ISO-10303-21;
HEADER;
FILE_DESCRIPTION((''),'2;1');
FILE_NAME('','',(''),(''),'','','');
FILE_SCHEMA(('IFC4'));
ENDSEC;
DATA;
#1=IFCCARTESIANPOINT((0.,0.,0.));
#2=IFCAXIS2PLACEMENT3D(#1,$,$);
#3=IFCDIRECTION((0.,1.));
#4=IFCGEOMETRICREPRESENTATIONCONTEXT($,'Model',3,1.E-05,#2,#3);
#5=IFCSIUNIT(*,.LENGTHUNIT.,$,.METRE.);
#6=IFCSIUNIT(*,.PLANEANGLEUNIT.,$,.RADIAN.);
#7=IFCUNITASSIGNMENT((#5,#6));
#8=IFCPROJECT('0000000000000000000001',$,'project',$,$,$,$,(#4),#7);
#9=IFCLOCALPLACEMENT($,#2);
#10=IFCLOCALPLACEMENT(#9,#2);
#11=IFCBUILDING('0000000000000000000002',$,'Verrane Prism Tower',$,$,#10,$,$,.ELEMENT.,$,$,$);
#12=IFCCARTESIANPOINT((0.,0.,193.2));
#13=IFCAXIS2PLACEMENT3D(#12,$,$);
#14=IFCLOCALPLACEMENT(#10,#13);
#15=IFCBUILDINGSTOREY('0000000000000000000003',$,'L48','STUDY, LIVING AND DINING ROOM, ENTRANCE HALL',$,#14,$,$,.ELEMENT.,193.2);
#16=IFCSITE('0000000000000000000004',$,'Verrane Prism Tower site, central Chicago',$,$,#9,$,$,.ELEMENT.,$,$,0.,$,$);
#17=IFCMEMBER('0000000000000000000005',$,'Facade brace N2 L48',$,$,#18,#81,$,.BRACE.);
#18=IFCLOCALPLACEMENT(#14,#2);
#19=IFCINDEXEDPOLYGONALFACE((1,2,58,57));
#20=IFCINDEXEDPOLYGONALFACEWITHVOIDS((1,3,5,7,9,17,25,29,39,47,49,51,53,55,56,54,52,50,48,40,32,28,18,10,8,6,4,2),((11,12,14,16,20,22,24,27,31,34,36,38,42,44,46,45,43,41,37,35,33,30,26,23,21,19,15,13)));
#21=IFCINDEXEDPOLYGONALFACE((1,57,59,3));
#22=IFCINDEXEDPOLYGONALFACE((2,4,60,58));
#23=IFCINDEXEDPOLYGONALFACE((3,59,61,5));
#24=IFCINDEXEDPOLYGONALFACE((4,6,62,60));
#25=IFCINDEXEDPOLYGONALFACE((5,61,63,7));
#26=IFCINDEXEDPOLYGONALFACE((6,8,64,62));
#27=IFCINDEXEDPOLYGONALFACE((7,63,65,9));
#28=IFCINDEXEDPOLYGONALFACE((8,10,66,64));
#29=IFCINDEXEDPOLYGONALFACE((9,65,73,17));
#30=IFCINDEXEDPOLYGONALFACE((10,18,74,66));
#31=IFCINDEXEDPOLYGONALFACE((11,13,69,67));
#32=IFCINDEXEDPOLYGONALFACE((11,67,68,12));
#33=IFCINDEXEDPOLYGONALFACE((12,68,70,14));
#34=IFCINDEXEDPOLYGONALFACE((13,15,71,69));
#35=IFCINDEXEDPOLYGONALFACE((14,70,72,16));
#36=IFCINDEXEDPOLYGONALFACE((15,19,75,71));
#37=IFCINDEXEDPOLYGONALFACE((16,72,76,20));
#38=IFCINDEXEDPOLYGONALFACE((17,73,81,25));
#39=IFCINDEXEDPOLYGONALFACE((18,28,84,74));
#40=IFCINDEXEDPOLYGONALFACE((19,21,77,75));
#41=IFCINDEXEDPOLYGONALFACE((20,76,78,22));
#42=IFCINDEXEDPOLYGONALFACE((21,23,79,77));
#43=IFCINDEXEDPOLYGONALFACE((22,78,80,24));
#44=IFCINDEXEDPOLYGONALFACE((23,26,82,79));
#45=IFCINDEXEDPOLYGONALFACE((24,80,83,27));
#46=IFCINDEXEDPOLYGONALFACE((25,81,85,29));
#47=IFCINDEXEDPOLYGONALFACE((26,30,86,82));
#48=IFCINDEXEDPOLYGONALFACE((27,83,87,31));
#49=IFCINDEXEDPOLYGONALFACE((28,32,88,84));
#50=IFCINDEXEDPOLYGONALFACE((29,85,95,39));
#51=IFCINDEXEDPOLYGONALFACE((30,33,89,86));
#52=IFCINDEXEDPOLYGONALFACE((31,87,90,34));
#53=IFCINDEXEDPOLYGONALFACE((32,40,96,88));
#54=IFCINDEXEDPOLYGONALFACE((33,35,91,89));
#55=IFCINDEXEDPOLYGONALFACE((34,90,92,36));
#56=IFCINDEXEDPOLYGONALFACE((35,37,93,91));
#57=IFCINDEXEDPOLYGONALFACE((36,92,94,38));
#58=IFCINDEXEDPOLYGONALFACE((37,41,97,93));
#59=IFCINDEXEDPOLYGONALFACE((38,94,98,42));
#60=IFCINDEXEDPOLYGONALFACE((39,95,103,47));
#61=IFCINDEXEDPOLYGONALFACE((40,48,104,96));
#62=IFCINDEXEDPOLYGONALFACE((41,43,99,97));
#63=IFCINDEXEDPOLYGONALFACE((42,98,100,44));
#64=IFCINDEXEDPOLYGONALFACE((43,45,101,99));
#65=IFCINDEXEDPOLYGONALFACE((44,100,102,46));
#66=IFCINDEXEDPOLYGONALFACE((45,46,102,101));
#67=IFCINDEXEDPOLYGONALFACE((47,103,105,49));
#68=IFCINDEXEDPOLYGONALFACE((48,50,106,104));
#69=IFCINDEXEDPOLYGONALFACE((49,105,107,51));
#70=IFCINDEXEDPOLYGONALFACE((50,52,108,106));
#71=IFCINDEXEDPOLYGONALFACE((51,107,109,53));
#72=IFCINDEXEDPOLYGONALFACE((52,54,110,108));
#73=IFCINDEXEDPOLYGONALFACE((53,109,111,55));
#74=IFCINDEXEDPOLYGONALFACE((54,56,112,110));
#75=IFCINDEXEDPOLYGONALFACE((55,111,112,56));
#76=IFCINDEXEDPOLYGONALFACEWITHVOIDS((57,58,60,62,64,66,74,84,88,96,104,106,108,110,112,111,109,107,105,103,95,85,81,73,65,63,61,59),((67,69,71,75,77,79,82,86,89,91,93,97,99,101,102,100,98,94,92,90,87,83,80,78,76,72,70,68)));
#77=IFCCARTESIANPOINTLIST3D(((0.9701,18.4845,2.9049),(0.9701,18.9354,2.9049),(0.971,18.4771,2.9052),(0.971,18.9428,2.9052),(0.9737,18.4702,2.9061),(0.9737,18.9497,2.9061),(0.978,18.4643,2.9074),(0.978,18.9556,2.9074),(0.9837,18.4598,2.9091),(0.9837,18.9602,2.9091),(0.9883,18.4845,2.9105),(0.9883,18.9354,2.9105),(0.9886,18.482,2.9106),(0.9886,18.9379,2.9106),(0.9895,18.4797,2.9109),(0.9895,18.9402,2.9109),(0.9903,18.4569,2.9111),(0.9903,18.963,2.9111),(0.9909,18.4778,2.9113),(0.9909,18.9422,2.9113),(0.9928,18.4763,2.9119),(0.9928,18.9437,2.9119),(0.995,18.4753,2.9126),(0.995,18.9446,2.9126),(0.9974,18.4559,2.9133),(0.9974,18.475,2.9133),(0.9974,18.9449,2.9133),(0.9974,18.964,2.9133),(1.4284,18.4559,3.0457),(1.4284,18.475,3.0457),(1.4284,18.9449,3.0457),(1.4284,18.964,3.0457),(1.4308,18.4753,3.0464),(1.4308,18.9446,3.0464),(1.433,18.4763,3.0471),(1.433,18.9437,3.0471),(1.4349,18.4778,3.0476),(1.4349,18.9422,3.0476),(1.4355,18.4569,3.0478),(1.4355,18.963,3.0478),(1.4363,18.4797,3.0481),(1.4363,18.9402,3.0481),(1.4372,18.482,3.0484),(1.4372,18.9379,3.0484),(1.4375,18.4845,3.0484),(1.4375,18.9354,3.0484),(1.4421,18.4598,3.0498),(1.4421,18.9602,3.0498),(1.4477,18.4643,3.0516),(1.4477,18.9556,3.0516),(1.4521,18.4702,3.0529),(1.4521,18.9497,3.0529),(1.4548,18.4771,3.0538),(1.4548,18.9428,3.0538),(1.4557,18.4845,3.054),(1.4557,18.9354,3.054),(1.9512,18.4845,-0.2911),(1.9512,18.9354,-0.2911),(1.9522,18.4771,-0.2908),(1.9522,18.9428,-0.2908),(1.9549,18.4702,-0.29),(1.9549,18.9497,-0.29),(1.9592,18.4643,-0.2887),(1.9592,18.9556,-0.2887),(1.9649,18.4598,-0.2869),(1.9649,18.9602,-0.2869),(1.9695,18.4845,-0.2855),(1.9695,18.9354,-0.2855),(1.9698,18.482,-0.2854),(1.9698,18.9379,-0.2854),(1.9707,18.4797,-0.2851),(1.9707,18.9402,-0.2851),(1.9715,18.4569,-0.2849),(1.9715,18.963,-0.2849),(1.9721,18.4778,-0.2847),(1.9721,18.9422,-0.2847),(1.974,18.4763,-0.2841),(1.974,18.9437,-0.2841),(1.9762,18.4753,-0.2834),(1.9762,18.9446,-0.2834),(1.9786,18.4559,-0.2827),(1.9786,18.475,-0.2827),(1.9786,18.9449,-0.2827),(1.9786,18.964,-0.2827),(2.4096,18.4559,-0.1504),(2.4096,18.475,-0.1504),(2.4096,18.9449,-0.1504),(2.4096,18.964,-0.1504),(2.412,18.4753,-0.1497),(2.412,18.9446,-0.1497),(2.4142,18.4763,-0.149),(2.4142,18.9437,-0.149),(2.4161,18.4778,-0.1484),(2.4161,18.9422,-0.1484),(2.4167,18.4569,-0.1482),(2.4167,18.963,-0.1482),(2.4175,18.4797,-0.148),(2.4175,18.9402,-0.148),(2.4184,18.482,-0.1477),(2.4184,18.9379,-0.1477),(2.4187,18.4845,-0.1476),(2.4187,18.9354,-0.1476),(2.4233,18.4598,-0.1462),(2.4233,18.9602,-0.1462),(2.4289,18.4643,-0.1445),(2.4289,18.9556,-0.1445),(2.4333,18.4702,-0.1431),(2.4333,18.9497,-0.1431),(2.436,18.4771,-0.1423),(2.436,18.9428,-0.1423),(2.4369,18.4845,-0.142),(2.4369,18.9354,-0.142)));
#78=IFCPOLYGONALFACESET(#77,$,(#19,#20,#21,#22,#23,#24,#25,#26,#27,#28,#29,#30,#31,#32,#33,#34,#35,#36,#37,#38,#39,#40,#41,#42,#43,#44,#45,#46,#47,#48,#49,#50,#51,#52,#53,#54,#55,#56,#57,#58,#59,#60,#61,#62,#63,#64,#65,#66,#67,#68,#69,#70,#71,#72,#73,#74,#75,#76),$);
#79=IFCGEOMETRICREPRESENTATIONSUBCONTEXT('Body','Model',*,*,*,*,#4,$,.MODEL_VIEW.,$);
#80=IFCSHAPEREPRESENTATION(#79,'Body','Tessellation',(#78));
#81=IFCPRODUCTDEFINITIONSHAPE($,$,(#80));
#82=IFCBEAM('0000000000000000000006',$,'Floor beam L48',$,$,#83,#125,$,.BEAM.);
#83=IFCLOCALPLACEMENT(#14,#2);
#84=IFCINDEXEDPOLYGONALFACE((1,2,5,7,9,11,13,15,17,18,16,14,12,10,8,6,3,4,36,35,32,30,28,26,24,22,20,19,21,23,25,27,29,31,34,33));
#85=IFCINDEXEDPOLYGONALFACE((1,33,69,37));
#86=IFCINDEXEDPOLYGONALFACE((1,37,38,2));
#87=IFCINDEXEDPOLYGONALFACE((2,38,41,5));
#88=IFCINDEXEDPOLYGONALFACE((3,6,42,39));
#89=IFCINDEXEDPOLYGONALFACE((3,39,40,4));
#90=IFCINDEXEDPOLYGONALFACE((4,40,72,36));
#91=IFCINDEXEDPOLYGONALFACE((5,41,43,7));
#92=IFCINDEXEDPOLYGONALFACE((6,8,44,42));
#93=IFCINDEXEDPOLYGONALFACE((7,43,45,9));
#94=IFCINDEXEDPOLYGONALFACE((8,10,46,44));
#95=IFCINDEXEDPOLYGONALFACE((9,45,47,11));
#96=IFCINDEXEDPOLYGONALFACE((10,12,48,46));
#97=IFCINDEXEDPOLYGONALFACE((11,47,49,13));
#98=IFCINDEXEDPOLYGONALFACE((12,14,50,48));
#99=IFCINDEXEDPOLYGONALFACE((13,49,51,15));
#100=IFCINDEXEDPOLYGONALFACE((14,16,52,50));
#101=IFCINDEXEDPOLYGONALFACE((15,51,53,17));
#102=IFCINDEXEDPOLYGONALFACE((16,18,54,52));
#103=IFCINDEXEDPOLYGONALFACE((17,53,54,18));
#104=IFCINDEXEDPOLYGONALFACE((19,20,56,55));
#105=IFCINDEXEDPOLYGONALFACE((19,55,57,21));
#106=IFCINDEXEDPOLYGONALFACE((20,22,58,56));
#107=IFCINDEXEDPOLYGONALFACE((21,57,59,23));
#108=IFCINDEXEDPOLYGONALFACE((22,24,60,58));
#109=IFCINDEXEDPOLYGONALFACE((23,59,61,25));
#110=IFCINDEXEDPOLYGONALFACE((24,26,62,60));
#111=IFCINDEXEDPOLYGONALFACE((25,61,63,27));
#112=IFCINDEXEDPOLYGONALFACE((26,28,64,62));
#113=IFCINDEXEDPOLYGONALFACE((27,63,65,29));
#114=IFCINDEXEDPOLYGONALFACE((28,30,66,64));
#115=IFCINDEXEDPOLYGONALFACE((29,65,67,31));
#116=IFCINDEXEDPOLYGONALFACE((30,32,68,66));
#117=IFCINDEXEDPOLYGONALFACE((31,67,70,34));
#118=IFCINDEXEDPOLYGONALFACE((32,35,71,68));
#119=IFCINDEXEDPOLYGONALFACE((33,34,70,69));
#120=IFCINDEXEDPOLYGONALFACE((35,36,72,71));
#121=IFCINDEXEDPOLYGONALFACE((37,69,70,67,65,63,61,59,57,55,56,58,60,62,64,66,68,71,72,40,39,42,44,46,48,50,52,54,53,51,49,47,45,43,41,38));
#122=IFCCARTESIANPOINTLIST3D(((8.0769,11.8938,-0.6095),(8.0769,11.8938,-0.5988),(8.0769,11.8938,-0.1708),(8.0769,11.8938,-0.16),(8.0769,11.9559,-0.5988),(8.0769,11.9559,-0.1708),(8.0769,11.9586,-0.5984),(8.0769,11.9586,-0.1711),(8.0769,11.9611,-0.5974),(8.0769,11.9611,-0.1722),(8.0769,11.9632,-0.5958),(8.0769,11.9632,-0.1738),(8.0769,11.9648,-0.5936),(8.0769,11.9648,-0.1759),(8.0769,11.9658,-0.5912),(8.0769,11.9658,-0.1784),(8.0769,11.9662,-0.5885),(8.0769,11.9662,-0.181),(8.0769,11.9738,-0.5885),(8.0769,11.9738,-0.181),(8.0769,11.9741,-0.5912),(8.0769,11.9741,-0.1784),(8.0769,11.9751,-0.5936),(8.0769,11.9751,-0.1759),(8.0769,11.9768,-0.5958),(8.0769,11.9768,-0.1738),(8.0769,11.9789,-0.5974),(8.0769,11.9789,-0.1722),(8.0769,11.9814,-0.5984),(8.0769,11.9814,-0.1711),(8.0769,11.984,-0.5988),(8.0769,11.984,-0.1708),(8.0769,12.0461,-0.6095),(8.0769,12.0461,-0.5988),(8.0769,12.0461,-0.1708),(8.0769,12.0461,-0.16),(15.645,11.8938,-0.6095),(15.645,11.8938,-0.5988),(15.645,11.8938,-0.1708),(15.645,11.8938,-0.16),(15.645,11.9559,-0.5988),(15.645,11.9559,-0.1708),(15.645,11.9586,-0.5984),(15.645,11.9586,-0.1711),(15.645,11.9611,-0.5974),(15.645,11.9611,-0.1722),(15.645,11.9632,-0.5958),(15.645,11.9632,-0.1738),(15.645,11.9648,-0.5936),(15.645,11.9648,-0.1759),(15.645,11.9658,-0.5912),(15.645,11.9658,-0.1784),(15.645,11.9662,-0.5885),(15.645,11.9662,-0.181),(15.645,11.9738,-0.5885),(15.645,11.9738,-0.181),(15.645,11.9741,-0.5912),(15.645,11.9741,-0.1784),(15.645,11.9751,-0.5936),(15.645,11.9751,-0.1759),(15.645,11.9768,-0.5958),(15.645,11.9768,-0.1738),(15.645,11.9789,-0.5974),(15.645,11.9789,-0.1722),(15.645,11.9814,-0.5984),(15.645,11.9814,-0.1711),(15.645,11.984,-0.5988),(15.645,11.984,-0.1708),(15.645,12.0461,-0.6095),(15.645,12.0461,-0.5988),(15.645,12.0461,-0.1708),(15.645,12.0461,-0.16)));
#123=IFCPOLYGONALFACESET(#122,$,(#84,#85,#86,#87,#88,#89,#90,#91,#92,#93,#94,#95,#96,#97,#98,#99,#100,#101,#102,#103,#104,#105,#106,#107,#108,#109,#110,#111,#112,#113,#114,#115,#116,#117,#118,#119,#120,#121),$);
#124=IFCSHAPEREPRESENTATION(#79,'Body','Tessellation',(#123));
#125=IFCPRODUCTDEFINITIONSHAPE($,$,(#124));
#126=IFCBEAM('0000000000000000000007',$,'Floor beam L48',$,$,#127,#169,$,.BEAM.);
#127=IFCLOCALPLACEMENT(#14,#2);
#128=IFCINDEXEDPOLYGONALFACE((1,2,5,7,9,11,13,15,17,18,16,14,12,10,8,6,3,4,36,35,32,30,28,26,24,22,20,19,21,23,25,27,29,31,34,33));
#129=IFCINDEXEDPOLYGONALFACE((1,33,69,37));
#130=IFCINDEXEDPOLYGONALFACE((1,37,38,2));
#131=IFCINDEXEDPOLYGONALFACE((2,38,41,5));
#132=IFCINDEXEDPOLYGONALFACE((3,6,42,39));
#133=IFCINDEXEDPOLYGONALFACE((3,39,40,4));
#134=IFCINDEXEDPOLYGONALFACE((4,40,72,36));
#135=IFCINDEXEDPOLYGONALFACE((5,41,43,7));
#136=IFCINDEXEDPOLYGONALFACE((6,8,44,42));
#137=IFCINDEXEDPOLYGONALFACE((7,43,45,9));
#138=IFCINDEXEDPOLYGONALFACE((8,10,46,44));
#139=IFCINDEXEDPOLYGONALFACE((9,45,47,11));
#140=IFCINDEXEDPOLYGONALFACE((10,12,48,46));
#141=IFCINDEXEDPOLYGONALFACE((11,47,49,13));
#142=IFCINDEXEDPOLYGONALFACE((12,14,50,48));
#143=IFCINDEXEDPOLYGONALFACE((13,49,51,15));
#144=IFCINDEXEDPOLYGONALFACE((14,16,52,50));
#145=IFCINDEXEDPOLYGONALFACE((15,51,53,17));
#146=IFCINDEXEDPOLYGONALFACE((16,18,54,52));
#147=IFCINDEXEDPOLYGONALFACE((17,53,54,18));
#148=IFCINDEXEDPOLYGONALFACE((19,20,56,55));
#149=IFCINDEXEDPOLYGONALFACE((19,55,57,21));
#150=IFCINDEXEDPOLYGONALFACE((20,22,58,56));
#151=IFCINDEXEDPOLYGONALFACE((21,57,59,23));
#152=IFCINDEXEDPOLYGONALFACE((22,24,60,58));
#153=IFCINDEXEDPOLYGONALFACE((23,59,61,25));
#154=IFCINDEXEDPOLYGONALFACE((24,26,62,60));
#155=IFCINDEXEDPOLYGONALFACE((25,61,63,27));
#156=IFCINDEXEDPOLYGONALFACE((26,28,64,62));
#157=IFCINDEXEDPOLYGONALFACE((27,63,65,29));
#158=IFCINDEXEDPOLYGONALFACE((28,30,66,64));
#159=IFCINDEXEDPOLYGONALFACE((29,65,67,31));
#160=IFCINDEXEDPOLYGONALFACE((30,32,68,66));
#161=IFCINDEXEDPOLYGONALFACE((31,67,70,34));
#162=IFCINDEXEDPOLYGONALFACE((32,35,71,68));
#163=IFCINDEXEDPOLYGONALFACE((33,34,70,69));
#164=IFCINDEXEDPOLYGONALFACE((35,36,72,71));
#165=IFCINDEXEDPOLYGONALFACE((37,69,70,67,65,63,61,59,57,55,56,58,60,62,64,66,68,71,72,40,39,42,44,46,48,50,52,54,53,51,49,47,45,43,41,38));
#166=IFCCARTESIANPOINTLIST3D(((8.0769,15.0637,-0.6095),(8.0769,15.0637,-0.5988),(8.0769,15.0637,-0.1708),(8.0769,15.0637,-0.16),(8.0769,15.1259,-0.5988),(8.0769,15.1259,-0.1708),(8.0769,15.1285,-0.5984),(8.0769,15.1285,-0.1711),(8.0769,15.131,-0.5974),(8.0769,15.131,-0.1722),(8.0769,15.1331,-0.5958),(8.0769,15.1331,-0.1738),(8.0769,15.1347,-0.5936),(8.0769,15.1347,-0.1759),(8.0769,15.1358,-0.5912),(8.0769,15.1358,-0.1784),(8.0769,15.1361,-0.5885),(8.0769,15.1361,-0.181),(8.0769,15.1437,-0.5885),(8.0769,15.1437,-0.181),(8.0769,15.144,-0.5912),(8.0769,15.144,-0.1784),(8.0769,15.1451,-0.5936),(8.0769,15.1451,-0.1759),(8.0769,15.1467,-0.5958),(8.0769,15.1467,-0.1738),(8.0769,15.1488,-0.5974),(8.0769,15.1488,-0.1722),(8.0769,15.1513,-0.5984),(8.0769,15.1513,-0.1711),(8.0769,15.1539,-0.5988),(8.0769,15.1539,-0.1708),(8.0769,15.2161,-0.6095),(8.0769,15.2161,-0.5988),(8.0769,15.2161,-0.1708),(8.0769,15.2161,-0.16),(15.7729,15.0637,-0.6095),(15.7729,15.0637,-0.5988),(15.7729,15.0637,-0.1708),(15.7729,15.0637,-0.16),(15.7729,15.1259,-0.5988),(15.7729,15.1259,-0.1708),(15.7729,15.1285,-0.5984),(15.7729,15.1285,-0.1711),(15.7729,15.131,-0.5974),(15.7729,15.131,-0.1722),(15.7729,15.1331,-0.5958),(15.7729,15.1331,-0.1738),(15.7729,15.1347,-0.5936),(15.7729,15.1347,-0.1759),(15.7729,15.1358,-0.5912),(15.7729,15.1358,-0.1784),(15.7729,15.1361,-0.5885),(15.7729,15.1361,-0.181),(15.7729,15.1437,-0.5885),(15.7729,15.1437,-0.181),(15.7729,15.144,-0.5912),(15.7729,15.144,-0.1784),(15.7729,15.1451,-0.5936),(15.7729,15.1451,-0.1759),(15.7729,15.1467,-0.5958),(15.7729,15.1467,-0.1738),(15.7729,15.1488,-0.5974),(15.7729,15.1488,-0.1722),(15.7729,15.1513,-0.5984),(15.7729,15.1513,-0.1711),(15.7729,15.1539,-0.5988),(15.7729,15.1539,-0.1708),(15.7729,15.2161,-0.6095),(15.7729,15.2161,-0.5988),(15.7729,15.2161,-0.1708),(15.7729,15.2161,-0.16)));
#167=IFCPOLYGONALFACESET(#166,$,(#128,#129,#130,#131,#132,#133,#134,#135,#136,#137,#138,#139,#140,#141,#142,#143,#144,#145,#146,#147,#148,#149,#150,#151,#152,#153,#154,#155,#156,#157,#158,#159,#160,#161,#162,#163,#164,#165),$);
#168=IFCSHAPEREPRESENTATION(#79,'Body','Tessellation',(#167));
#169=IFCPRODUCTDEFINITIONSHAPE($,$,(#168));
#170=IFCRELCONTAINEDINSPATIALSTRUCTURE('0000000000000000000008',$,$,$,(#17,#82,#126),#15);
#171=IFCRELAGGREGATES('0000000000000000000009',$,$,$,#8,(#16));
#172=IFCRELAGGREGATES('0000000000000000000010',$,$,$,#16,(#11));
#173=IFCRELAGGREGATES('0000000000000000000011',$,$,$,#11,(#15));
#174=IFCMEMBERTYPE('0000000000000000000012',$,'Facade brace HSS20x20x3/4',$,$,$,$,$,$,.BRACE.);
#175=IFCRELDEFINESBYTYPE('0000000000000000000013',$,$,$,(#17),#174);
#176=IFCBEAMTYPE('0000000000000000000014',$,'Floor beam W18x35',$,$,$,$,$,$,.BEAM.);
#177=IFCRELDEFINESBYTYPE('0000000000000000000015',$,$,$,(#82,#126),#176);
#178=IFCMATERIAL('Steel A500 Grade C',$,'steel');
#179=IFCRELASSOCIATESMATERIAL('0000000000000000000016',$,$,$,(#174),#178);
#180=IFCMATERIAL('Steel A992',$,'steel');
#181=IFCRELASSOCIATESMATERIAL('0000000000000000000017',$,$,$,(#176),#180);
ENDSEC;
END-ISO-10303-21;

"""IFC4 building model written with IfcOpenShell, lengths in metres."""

from ifc_helpers import new_model, si_unit, direction, frame, origin, origin_2d, place, context, subcontext, project, spatial, hollow_rectangle, i_section, extrude, material, material_profile, profile_set, type_object, element, save


model = new_model("IFC4")

# Units and contexts
model_context = context("Model", 3, precision=1e-05, world=origin(), true_north=direction((0.0, 1.0)))
body_context = subcontext(model_context, "Body", "Model", "MODEL_VIEW")
ifc_project = project(units=[si_unit("LENGTHUNIT", "METRE"), si_unit("PLANEANGLEUNIT", "RADIAN")], contexts=[model_context])

# Site, building, storey
site_placement = place(None, origin())
site = spatial("IfcSite", under=ifc_project, at=site_placement, Name="Verrane Prism Tower site, central Chicago", CompositionType="ELEMENT", RefElevation=0.0)
building_placement = place(site_placement, origin())
building = spatial("IfcBuilding", under=site, at=building_placement, Name="Verrane Prism Tower", CompositionType="ELEMENT")
storey_placement = place(building_placement, frame((0.0, 0.0, 193.2)))
storey = spatial("IfcBuildingStorey", under=building, at=storey_placement, Name="L48", Description="STUDY, LIVING AND DINING ROOM, ENTRANCE HALL", CompositionType="ELEMENT", Elevation=193.2)

# Member
ifc_material_1 = material(Name="Steel A500 Grade C", Category="steel")
ifc_material_profile_1 = material_profile(ifc_material_1, hollow_rectangle(XDim=0.5081, YDim=0.5081, WallThickness=0.019, InnerFilletRadius=0.0095, OuterFilletRadius=0.0286, at=origin_2d()), Name="HSS20x20x3/4")
ifc_profile_set_1 = profile_set([ifc_material_profile_1], Name="Steel A500 Grade C")
member_type_1 = type_object("IfcMemberType", Name="Facade brace HSS20x20x3/4", PredefinedType="BRACE", material=ifc_profile_set_1)
member_1_placement = place(storey_placement, frame((2.1941, 18.71, -0.2166), z_axis=(-0.293485, 0.0, 0.955964), x_axis=(0.0, -1.0, 0.0)))
element("IfcMember", 1, at=member_1_placement, inside=storey, type_object=member_type_1, Name="Facade brace N2 L48", PredefinedType="BRACE", context=body_context, shape_type="SweptSolid", body=[
    extrude(hollow_rectangle(XDim=0.5081, YDim=0.5081, WallThickness=0.019, InnerFilletRadius=0.0095, OuterFilletRadius=0.0286, at=origin_2d()), origin(), (0.0, 0.0, 1.0), 3.3433),
])

# Beams
ifc_material_2 = material(Name="Steel A992", Category="steel")
ifc_material_profile_2 = material_profile(ifc_material_2, i_section(OverallWidth=0.1523, OverallDepth=0.4495, WebThickness=0.0076, FlangeThickness=0.0107, FilletRadius=0.0103, at=origin_2d()), Name="W18x35")
ifc_profile_set_2 = profile_set([ifc_material_profile_2], Name="Steel A992")
beam_type_1 = type_object("IfcBeamType", Name="Floor beam W18x35", PredefinedType="BEAM", material=ifc_profile_set_2)
beam_1_placement = place(storey_placement, frame((8.0769, 11.97, -0.3848), z_axis=(1.0, 0.0, 0.0), x_axis=(0.0, 1.0, 0.0)))
element("IfcBeam", 2, at=beam_1_placement, inside=storey, type_object=beam_type_1, Name="Floor beam L48", PredefinedType="BEAM", context=body_context, shape_type="SweptSolid", body=[
    extrude(i_section(OverallWidth=0.1523, OverallDepth=0.4495, WebThickness=0.0076, FlangeThickness=0.0107, FilletRadius=0.0103, at=origin_2d()), origin(), (0.0, 0.0, 1.0), 7.5681),
])
for number, where, z_axis, x_axis, name in (
    (3, (8.0769, 15.1399, -0.3848), (1.0, 0.0, 0.0), (0.0, 1.0, 0.0), "Floor beam L48"),
):
    element("IfcBeam", number, at=place(storey_placement, frame(where, z_axis=z_axis, x_axis=x_axis)), inside=storey, type_object=beam_type_1, Name=name, PredefinedType="BEAM", context=body_context, shape_type="SweptSolid", body=[
        extrude(i_section(OverallWidth=0.1523, OverallDepth=0.4495, WebThickness=0.0076, FlangeThickness=0.0107, FilletRadius=0.0103, at=origin_2d()), origin(), (0.0, 0.0, 1.0), 7.696),
    ])

save(model, "model.ifc")
